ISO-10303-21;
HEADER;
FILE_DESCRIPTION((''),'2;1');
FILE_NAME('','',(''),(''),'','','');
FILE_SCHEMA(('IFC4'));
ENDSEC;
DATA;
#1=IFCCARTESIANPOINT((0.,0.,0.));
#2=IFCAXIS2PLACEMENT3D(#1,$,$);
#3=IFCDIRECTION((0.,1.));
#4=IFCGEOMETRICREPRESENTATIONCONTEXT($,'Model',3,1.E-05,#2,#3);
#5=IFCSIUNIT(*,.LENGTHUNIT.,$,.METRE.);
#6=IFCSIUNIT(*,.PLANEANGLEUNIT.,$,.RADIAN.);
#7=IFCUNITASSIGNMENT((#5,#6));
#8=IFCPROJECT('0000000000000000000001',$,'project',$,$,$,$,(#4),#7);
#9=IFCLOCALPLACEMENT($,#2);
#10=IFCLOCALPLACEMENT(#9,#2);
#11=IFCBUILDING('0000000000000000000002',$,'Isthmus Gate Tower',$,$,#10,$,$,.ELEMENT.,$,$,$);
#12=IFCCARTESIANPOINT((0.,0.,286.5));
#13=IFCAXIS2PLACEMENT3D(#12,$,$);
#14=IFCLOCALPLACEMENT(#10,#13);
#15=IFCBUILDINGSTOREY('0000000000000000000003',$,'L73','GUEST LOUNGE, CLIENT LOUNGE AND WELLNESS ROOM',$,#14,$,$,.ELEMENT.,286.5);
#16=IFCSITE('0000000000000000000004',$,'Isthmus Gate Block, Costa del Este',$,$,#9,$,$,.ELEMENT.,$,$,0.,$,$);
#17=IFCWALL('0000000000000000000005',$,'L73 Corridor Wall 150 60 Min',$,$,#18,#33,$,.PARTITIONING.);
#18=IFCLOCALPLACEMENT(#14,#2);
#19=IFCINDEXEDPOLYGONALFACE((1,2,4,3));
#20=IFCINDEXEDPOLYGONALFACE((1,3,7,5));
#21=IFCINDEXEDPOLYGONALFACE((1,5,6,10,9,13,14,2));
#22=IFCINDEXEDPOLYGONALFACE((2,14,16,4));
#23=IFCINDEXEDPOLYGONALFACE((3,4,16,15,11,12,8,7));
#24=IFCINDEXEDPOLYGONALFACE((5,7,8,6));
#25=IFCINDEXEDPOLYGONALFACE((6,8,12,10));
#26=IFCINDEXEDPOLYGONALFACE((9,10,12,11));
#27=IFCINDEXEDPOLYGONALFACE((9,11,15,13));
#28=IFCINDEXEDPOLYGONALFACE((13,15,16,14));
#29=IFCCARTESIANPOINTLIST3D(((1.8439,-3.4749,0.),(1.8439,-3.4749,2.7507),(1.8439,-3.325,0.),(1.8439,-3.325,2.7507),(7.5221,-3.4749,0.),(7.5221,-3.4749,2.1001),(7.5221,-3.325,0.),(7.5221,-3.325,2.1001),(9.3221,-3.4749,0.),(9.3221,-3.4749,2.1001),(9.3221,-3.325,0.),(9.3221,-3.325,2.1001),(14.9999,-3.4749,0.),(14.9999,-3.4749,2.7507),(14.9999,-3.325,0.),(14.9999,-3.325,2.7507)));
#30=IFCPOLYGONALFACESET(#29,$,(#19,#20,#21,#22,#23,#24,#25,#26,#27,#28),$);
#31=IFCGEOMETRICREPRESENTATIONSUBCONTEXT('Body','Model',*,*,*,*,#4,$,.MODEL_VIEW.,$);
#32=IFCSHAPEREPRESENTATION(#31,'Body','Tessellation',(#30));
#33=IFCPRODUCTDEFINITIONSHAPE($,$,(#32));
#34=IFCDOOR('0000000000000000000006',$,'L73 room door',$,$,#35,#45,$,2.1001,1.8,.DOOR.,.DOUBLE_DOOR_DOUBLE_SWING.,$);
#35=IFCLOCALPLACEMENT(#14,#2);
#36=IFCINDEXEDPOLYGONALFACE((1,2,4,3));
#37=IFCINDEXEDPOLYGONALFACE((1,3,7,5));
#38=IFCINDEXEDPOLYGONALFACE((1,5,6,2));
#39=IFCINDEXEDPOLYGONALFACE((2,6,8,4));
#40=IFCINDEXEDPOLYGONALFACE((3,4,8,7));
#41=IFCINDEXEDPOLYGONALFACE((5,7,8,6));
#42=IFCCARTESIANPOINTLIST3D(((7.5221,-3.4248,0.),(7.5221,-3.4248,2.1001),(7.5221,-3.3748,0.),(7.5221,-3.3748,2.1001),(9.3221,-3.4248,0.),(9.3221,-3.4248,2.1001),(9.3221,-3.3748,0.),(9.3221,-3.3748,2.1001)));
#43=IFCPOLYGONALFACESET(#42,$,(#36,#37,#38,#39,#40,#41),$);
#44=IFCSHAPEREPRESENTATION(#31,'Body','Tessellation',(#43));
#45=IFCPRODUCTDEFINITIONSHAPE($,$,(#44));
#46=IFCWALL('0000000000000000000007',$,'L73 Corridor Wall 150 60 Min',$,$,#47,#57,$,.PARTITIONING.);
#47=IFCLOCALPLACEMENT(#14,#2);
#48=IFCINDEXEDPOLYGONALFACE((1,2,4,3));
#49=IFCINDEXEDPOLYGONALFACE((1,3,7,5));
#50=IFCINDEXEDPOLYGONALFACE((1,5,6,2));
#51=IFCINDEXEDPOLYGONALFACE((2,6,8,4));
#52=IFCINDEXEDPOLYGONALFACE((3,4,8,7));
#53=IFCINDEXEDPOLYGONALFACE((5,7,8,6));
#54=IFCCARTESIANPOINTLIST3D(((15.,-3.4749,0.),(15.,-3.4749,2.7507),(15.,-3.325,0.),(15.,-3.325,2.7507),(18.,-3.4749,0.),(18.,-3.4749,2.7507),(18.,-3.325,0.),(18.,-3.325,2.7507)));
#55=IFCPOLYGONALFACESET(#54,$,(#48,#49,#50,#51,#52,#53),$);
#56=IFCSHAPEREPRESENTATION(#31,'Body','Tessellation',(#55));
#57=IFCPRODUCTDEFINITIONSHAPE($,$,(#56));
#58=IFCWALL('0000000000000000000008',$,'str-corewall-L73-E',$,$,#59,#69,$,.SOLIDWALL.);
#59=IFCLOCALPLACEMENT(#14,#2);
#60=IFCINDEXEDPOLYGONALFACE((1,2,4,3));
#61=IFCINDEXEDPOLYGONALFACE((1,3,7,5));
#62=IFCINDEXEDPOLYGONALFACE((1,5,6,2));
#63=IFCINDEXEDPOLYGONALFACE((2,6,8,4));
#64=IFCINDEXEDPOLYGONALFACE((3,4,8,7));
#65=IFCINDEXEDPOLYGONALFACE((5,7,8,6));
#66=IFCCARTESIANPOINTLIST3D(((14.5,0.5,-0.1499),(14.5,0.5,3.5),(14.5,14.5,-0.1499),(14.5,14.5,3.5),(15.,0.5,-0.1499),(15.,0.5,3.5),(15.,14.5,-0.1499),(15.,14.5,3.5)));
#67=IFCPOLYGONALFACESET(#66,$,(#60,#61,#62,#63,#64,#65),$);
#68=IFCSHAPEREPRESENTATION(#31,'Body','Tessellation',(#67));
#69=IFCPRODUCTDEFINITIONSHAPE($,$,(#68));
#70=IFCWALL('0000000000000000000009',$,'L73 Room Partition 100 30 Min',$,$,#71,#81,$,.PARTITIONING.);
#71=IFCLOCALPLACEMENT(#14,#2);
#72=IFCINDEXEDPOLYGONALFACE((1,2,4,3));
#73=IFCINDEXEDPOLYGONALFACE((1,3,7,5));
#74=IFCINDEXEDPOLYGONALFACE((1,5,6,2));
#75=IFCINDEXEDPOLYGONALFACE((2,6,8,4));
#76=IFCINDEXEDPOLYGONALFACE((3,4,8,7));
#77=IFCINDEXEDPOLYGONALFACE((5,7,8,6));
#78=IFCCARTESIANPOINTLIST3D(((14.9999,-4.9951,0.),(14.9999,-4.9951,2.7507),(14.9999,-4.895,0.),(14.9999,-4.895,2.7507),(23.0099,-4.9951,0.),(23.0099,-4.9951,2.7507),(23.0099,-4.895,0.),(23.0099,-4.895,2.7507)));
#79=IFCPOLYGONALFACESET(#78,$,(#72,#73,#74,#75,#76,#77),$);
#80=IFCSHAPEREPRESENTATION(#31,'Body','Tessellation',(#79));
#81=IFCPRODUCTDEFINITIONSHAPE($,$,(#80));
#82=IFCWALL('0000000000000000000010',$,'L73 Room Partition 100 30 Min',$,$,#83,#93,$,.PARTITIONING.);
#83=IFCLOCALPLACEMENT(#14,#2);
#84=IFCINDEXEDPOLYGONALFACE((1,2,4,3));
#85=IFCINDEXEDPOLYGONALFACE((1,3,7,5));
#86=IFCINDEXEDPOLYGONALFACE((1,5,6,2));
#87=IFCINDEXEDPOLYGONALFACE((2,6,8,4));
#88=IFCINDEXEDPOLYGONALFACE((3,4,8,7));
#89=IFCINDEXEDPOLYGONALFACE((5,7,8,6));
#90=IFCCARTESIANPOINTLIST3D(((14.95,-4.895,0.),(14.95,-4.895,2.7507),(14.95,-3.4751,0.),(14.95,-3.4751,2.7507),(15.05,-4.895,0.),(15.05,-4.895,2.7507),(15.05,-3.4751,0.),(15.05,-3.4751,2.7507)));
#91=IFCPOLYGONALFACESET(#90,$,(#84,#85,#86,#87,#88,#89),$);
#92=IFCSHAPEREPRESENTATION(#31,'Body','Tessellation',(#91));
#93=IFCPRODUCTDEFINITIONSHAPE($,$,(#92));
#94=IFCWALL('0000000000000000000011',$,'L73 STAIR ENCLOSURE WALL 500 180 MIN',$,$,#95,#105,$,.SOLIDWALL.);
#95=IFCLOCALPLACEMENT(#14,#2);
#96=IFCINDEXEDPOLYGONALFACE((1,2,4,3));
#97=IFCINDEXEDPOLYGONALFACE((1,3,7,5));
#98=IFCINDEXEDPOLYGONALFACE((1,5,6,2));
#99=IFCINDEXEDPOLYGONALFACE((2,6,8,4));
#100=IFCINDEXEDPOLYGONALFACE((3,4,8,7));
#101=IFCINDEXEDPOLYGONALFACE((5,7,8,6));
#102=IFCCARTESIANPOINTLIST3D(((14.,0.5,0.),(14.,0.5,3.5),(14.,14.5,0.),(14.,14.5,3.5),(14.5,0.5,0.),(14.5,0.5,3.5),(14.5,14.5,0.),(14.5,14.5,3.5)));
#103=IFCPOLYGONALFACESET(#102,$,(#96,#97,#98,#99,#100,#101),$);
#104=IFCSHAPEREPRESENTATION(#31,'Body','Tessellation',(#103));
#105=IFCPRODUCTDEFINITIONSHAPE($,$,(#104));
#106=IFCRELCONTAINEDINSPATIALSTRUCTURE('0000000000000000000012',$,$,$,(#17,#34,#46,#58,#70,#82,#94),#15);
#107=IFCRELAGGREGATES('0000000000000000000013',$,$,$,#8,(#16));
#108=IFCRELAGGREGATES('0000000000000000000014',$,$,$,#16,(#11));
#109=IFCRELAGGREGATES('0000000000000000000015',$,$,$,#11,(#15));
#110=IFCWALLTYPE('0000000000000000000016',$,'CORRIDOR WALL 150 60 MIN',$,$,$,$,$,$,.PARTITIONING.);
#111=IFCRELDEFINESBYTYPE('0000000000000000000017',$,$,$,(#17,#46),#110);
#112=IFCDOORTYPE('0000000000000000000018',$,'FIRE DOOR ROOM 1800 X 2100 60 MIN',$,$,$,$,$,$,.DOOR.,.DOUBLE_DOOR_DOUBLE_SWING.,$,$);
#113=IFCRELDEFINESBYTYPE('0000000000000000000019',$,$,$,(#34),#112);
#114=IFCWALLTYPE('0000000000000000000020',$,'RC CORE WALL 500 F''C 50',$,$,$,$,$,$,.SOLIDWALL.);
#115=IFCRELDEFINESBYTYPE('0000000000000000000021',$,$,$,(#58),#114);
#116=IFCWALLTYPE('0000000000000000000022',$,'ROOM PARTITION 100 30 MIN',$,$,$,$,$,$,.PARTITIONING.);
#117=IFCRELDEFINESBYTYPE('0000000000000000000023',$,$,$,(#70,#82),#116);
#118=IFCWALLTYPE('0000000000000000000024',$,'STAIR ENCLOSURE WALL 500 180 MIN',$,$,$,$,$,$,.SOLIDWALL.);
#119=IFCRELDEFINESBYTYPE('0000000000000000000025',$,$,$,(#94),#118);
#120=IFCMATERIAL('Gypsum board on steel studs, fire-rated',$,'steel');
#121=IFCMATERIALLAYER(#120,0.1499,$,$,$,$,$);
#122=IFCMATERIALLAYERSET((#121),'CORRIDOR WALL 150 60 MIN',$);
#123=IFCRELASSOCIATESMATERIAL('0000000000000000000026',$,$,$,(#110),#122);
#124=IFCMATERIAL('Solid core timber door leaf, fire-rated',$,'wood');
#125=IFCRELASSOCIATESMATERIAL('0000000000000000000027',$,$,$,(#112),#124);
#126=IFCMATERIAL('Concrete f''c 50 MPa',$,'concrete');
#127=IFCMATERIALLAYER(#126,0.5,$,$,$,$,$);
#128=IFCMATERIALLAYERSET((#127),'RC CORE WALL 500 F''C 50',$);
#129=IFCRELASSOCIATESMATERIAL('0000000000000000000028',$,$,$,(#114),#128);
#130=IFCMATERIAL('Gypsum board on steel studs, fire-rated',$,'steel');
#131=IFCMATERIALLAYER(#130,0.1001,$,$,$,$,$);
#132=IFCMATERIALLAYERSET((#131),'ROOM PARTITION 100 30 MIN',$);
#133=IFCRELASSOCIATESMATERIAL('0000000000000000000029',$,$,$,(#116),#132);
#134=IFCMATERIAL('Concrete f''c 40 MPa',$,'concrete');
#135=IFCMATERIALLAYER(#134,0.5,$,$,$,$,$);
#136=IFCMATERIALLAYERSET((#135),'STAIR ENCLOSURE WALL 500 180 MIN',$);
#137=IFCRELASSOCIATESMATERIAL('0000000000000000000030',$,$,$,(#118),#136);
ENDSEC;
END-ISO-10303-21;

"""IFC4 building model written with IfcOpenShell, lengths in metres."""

from ifc_helpers import new_model, si_unit, direction, frame, frame_2d, origin, place, context, subcontext, project, spatial, rectangle, extrude, material, layer, layer_set, type_object, element, fill, save


model = new_model("IFC4")

# Units and contexts
model_context = context("Model", 3, precision=1e-05, world=origin(), true_north=direction((0.0, 1.0)))
body_context = subcontext(model_context, "Body", "Model", "MODEL_VIEW")
ifc_project = project(units=[si_unit("LENGTHUNIT", "METRE"), si_unit("PLANEANGLEUNIT", "RADIAN")], contexts=[model_context])

# Site, building, storey
site_placement = place(None, origin())
site = spatial("IfcSite", under=ifc_project, at=site_placement, Name="Isthmus Gate Block, Costa del Este", CompositionType="ELEMENT", RefElevation=0.0)
building_placement = place(site_placement, origin())
building = spatial("IfcBuilding", under=site, at=building_placement, Name="Isthmus Gate Tower", CompositionType="ELEMENT")
storey_placement = place(building_placement, frame((0.0, 0.0, 286.5)))
storey = spatial("IfcBuildingStorey", under=building, at=storey_placement, Name="L73", Description="GUEST LOUNGE, CLIENT LOUNGE AND WELLNESS ROOM", CompositionType="ELEMENT", Elevation=286.5)

# Wall, opening, door
ifc_material_1 = material(Name="Gypsum board on steel studs, fire-rated", Category="steel")
ifc_layer_1 = layer(ifc_material_1, 0.1499)
ifc_layer_set_1 = layer_set([ifc_layer_1], Name="CORRIDOR WALL 150 60 MIN")
wall_type_1 = type_object("IfcWallType", Name="CORRIDOR WALL 150 60 MIN", PredefinedType="PARTITIONING", material=ifc_layer_set_1)
wall_1_placement = place(storey_placement, frame((15.0, -3.3999, 0.0), z_axis=(0.0, 0.0, 1.0), x_axis=(-1.0, 0.0, 0.0)))
wall_1 = element("IfcWall", 1, at=wall_1_placement, inside=storey, type_object=wall_type_1, Name="L73 Corridor Wall 150 60 Min", PredefinedType="PARTITIONING", context=body_context, shape_type="SweptSolid", body=[
    extrude(rectangle(XDim=13.156, YDim=0.1499, at=frame_2d((6.5781, 0.0))), origin(), (0.0, 0.0, 1.0), 2.7507),
])
opening_placement = place(wall_1_placement, frame((5.678, 0.0, 0.0)))
opening = element("IfcOpeningElement", 2, at=opening_placement, cuts=wall_1, PredefinedType="OPENING", context=body_context, shape_type="SweptSolid", body=[
    extrude(rectangle(XDim=1.8, YDim=2.1001, at=frame_2d((0.8999, 1.05))), frame((0.0, 0.085, 0.0), z_axis=(0.0, -1.0, 0.0), x_axis=(1.0, 0.0, 0.0)), (0.0, 0.0, 1.0), 0.1699),
])
ifc_material_2 = material(Name="Solid core timber door leaf, fire-rated", Category="wood")
door_type = type_object("IfcDoorType", Name="FIRE DOOR ROOM 1800 X 2100 60 MIN", OperationType="DOUBLE_DOOR_DOUBLE_SWING", PredefinedType="DOOR", material=ifc_material_2)
door_placement = place(opening_placement, origin())
door = element("IfcDoor", 3, at=door_placement, inside=storey, type_object=door_type, Name="L73 room door", OperationType="DOUBLE_DOOR_DOUBLE_SWING", OverallHeight=2.1001, OverallWidth=1.8, PredefinedType="DOOR", context=body_context, shape_type="SweptSolid", body=[
    extrude(rectangle(XDim=1.8, YDim=2.1001, at=frame_2d((0.8999, 1.05))), frame((0.0, 0.0249, 0.0), z_axis=(0.0, -1.0, 0.0), x_axis=(1.0, 0.0, 0.0)), (0.0, 0.0, 1.0), 0.05),
])
fill(opening, door)

# Walls
wall_2_placement = place(storey_placement, frame((18.0, -3.3999, 0.0), z_axis=(0.0, 0.0, 1.0), x_axis=(-1.0, 0.0, 0.0)))
element("IfcWall", 4, at=wall_2_placement, inside=storey, type_object=wall_type_1, Name="L73 Corridor Wall 150 60 Min", PredefinedType="PARTITIONING", context=body_context, shape_type="SweptSolid", body=[
    extrude(rectangle(XDim=3.0, YDim=0.1499, at=frame_2d((1.5, 0.0))), origin(), (0.0, 0.0, 1.0), 2.7507),
])
ifc_material_3 = material(Name="Concrete f'c 50 MPa", Category="concrete")
ifc_layer_2 = layer(ifc_material_3, 0.5)
ifc_layer_set_2 = layer_set([ifc_layer_2], Name="RC CORE WALL 500 F'C 50")
wall_type_2 = type_object("IfcWallType", Name="RC CORE WALL 500 F'C 50", PredefinedType="SOLIDWALL", material=ifc_layer_set_2)
wall_3_placement = place(storey_placement, frame((14.75, 0.5, -0.1499), z_axis=(0.0, 0.0, 1.0), x_axis=(0.0, 1.0, 0.0)))
element("IfcWall", 5, at=wall_3_placement, inside=storey, type_object=wall_type_2, Name="str-corewall-L73-E", PredefinedType="SOLIDWALL", context=body_context, shape_type="SweptSolid", body=[
    extrude(rectangle(XDim=14.0, YDim=0.5, at=frame_2d((7.0, 0.0))), origin(), (0.0, 0.0, 1.0), 3.6499),
])
ifc_material_4 = material(Name="Gypsum board on steel studs, fire-rated", Category="steel")
ifc_layer_3 = layer(ifc_material_4, 0.1001)
ifc_layer_set_3 = layer_set([ifc_layer_3], Name="ROOM PARTITION 100 30 MIN")
wall_type_3 = type_object("IfcWallType", Name="ROOM PARTITION 100 30 MIN", PredefinedType="PARTITIONING", material=ifc_layer_set_3)
wall_4_placement = place(storey_placement, frame((15.0, -4.9451, 0.0), z_axis=(0.0, 0.0, 1.0), x_axis=(1.0, 0.0, 0.0)))
element("IfcWall", 6, at=wall_4_placement, inside=storey, type_object=wall_type_3, Name="L73 Room Partition 100 30 Min", PredefinedType="PARTITIONING", context=body_context, shape_type="SweptSolid", body=[
    extrude(rectangle(XDim=8.01, YDim=0.1001, at=frame_2d((4.0049, 0.0))), origin(), (0.0, 0.0, 1.0), 2.7507),
])
wall_5_placement = place(storey_placement, frame((15.0, -4.895, 0.0), z_axis=(0.0, 0.0, 1.0), x_axis=(0.0, 1.0, 0.0)))
element("IfcWall", 7, at=wall_5_placement, inside=storey, type_object=wall_type_3, Name="L73 Room Partition 100 30 Min", PredefinedType="PARTITIONING", context=body_context, shape_type="SweptSolid", body=[
    extrude(rectangle(XDim=1.4199, YDim=0.1001, at=frame_2d((0.71, 0.0))), origin(), (0.0, 0.0, 1.0), 2.7507),
])
ifc_material_5 = material(Name="Concrete f'c 40 MPa", Category="concrete")
ifc_layer_4 = layer(ifc_material_5, 0.5)
ifc_layer_set_4 = layer_set([ifc_layer_4], Name="STAIR ENCLOSURE WALL 500 180 MIN")
wall_type_4 = type_object("IfcWallType", Name="STAIR ENCLOSURE WALL 500 180 MIN", PredefinedType="SOLIDWALL", material=ifc_layer_set_4)
wall_6_placement = place(storey_placement, frame((14.25, 0.5, 0.0), z_axis=(0.0, 0.0, 1.0), x_axis=(0.0, 1.0, 0.0)))
element("IfcWall", 8, at=wall_6_placement, inside=storey, type_object=wall_type_4, Name="L73 STAIR ENCLOSURE WALL 500 180 MIN", PredefinedType="SOLIDWALL", context=body_context, shape_type="SweptSolid", body=[
    extrude(rectangle(XDim=14.0, YDim=0.5, at=frame_2d((7.0, 0.0))), origin(), (0.0, 0.0, 1.0), 3.5),
])

save(model, "model.ifc")
